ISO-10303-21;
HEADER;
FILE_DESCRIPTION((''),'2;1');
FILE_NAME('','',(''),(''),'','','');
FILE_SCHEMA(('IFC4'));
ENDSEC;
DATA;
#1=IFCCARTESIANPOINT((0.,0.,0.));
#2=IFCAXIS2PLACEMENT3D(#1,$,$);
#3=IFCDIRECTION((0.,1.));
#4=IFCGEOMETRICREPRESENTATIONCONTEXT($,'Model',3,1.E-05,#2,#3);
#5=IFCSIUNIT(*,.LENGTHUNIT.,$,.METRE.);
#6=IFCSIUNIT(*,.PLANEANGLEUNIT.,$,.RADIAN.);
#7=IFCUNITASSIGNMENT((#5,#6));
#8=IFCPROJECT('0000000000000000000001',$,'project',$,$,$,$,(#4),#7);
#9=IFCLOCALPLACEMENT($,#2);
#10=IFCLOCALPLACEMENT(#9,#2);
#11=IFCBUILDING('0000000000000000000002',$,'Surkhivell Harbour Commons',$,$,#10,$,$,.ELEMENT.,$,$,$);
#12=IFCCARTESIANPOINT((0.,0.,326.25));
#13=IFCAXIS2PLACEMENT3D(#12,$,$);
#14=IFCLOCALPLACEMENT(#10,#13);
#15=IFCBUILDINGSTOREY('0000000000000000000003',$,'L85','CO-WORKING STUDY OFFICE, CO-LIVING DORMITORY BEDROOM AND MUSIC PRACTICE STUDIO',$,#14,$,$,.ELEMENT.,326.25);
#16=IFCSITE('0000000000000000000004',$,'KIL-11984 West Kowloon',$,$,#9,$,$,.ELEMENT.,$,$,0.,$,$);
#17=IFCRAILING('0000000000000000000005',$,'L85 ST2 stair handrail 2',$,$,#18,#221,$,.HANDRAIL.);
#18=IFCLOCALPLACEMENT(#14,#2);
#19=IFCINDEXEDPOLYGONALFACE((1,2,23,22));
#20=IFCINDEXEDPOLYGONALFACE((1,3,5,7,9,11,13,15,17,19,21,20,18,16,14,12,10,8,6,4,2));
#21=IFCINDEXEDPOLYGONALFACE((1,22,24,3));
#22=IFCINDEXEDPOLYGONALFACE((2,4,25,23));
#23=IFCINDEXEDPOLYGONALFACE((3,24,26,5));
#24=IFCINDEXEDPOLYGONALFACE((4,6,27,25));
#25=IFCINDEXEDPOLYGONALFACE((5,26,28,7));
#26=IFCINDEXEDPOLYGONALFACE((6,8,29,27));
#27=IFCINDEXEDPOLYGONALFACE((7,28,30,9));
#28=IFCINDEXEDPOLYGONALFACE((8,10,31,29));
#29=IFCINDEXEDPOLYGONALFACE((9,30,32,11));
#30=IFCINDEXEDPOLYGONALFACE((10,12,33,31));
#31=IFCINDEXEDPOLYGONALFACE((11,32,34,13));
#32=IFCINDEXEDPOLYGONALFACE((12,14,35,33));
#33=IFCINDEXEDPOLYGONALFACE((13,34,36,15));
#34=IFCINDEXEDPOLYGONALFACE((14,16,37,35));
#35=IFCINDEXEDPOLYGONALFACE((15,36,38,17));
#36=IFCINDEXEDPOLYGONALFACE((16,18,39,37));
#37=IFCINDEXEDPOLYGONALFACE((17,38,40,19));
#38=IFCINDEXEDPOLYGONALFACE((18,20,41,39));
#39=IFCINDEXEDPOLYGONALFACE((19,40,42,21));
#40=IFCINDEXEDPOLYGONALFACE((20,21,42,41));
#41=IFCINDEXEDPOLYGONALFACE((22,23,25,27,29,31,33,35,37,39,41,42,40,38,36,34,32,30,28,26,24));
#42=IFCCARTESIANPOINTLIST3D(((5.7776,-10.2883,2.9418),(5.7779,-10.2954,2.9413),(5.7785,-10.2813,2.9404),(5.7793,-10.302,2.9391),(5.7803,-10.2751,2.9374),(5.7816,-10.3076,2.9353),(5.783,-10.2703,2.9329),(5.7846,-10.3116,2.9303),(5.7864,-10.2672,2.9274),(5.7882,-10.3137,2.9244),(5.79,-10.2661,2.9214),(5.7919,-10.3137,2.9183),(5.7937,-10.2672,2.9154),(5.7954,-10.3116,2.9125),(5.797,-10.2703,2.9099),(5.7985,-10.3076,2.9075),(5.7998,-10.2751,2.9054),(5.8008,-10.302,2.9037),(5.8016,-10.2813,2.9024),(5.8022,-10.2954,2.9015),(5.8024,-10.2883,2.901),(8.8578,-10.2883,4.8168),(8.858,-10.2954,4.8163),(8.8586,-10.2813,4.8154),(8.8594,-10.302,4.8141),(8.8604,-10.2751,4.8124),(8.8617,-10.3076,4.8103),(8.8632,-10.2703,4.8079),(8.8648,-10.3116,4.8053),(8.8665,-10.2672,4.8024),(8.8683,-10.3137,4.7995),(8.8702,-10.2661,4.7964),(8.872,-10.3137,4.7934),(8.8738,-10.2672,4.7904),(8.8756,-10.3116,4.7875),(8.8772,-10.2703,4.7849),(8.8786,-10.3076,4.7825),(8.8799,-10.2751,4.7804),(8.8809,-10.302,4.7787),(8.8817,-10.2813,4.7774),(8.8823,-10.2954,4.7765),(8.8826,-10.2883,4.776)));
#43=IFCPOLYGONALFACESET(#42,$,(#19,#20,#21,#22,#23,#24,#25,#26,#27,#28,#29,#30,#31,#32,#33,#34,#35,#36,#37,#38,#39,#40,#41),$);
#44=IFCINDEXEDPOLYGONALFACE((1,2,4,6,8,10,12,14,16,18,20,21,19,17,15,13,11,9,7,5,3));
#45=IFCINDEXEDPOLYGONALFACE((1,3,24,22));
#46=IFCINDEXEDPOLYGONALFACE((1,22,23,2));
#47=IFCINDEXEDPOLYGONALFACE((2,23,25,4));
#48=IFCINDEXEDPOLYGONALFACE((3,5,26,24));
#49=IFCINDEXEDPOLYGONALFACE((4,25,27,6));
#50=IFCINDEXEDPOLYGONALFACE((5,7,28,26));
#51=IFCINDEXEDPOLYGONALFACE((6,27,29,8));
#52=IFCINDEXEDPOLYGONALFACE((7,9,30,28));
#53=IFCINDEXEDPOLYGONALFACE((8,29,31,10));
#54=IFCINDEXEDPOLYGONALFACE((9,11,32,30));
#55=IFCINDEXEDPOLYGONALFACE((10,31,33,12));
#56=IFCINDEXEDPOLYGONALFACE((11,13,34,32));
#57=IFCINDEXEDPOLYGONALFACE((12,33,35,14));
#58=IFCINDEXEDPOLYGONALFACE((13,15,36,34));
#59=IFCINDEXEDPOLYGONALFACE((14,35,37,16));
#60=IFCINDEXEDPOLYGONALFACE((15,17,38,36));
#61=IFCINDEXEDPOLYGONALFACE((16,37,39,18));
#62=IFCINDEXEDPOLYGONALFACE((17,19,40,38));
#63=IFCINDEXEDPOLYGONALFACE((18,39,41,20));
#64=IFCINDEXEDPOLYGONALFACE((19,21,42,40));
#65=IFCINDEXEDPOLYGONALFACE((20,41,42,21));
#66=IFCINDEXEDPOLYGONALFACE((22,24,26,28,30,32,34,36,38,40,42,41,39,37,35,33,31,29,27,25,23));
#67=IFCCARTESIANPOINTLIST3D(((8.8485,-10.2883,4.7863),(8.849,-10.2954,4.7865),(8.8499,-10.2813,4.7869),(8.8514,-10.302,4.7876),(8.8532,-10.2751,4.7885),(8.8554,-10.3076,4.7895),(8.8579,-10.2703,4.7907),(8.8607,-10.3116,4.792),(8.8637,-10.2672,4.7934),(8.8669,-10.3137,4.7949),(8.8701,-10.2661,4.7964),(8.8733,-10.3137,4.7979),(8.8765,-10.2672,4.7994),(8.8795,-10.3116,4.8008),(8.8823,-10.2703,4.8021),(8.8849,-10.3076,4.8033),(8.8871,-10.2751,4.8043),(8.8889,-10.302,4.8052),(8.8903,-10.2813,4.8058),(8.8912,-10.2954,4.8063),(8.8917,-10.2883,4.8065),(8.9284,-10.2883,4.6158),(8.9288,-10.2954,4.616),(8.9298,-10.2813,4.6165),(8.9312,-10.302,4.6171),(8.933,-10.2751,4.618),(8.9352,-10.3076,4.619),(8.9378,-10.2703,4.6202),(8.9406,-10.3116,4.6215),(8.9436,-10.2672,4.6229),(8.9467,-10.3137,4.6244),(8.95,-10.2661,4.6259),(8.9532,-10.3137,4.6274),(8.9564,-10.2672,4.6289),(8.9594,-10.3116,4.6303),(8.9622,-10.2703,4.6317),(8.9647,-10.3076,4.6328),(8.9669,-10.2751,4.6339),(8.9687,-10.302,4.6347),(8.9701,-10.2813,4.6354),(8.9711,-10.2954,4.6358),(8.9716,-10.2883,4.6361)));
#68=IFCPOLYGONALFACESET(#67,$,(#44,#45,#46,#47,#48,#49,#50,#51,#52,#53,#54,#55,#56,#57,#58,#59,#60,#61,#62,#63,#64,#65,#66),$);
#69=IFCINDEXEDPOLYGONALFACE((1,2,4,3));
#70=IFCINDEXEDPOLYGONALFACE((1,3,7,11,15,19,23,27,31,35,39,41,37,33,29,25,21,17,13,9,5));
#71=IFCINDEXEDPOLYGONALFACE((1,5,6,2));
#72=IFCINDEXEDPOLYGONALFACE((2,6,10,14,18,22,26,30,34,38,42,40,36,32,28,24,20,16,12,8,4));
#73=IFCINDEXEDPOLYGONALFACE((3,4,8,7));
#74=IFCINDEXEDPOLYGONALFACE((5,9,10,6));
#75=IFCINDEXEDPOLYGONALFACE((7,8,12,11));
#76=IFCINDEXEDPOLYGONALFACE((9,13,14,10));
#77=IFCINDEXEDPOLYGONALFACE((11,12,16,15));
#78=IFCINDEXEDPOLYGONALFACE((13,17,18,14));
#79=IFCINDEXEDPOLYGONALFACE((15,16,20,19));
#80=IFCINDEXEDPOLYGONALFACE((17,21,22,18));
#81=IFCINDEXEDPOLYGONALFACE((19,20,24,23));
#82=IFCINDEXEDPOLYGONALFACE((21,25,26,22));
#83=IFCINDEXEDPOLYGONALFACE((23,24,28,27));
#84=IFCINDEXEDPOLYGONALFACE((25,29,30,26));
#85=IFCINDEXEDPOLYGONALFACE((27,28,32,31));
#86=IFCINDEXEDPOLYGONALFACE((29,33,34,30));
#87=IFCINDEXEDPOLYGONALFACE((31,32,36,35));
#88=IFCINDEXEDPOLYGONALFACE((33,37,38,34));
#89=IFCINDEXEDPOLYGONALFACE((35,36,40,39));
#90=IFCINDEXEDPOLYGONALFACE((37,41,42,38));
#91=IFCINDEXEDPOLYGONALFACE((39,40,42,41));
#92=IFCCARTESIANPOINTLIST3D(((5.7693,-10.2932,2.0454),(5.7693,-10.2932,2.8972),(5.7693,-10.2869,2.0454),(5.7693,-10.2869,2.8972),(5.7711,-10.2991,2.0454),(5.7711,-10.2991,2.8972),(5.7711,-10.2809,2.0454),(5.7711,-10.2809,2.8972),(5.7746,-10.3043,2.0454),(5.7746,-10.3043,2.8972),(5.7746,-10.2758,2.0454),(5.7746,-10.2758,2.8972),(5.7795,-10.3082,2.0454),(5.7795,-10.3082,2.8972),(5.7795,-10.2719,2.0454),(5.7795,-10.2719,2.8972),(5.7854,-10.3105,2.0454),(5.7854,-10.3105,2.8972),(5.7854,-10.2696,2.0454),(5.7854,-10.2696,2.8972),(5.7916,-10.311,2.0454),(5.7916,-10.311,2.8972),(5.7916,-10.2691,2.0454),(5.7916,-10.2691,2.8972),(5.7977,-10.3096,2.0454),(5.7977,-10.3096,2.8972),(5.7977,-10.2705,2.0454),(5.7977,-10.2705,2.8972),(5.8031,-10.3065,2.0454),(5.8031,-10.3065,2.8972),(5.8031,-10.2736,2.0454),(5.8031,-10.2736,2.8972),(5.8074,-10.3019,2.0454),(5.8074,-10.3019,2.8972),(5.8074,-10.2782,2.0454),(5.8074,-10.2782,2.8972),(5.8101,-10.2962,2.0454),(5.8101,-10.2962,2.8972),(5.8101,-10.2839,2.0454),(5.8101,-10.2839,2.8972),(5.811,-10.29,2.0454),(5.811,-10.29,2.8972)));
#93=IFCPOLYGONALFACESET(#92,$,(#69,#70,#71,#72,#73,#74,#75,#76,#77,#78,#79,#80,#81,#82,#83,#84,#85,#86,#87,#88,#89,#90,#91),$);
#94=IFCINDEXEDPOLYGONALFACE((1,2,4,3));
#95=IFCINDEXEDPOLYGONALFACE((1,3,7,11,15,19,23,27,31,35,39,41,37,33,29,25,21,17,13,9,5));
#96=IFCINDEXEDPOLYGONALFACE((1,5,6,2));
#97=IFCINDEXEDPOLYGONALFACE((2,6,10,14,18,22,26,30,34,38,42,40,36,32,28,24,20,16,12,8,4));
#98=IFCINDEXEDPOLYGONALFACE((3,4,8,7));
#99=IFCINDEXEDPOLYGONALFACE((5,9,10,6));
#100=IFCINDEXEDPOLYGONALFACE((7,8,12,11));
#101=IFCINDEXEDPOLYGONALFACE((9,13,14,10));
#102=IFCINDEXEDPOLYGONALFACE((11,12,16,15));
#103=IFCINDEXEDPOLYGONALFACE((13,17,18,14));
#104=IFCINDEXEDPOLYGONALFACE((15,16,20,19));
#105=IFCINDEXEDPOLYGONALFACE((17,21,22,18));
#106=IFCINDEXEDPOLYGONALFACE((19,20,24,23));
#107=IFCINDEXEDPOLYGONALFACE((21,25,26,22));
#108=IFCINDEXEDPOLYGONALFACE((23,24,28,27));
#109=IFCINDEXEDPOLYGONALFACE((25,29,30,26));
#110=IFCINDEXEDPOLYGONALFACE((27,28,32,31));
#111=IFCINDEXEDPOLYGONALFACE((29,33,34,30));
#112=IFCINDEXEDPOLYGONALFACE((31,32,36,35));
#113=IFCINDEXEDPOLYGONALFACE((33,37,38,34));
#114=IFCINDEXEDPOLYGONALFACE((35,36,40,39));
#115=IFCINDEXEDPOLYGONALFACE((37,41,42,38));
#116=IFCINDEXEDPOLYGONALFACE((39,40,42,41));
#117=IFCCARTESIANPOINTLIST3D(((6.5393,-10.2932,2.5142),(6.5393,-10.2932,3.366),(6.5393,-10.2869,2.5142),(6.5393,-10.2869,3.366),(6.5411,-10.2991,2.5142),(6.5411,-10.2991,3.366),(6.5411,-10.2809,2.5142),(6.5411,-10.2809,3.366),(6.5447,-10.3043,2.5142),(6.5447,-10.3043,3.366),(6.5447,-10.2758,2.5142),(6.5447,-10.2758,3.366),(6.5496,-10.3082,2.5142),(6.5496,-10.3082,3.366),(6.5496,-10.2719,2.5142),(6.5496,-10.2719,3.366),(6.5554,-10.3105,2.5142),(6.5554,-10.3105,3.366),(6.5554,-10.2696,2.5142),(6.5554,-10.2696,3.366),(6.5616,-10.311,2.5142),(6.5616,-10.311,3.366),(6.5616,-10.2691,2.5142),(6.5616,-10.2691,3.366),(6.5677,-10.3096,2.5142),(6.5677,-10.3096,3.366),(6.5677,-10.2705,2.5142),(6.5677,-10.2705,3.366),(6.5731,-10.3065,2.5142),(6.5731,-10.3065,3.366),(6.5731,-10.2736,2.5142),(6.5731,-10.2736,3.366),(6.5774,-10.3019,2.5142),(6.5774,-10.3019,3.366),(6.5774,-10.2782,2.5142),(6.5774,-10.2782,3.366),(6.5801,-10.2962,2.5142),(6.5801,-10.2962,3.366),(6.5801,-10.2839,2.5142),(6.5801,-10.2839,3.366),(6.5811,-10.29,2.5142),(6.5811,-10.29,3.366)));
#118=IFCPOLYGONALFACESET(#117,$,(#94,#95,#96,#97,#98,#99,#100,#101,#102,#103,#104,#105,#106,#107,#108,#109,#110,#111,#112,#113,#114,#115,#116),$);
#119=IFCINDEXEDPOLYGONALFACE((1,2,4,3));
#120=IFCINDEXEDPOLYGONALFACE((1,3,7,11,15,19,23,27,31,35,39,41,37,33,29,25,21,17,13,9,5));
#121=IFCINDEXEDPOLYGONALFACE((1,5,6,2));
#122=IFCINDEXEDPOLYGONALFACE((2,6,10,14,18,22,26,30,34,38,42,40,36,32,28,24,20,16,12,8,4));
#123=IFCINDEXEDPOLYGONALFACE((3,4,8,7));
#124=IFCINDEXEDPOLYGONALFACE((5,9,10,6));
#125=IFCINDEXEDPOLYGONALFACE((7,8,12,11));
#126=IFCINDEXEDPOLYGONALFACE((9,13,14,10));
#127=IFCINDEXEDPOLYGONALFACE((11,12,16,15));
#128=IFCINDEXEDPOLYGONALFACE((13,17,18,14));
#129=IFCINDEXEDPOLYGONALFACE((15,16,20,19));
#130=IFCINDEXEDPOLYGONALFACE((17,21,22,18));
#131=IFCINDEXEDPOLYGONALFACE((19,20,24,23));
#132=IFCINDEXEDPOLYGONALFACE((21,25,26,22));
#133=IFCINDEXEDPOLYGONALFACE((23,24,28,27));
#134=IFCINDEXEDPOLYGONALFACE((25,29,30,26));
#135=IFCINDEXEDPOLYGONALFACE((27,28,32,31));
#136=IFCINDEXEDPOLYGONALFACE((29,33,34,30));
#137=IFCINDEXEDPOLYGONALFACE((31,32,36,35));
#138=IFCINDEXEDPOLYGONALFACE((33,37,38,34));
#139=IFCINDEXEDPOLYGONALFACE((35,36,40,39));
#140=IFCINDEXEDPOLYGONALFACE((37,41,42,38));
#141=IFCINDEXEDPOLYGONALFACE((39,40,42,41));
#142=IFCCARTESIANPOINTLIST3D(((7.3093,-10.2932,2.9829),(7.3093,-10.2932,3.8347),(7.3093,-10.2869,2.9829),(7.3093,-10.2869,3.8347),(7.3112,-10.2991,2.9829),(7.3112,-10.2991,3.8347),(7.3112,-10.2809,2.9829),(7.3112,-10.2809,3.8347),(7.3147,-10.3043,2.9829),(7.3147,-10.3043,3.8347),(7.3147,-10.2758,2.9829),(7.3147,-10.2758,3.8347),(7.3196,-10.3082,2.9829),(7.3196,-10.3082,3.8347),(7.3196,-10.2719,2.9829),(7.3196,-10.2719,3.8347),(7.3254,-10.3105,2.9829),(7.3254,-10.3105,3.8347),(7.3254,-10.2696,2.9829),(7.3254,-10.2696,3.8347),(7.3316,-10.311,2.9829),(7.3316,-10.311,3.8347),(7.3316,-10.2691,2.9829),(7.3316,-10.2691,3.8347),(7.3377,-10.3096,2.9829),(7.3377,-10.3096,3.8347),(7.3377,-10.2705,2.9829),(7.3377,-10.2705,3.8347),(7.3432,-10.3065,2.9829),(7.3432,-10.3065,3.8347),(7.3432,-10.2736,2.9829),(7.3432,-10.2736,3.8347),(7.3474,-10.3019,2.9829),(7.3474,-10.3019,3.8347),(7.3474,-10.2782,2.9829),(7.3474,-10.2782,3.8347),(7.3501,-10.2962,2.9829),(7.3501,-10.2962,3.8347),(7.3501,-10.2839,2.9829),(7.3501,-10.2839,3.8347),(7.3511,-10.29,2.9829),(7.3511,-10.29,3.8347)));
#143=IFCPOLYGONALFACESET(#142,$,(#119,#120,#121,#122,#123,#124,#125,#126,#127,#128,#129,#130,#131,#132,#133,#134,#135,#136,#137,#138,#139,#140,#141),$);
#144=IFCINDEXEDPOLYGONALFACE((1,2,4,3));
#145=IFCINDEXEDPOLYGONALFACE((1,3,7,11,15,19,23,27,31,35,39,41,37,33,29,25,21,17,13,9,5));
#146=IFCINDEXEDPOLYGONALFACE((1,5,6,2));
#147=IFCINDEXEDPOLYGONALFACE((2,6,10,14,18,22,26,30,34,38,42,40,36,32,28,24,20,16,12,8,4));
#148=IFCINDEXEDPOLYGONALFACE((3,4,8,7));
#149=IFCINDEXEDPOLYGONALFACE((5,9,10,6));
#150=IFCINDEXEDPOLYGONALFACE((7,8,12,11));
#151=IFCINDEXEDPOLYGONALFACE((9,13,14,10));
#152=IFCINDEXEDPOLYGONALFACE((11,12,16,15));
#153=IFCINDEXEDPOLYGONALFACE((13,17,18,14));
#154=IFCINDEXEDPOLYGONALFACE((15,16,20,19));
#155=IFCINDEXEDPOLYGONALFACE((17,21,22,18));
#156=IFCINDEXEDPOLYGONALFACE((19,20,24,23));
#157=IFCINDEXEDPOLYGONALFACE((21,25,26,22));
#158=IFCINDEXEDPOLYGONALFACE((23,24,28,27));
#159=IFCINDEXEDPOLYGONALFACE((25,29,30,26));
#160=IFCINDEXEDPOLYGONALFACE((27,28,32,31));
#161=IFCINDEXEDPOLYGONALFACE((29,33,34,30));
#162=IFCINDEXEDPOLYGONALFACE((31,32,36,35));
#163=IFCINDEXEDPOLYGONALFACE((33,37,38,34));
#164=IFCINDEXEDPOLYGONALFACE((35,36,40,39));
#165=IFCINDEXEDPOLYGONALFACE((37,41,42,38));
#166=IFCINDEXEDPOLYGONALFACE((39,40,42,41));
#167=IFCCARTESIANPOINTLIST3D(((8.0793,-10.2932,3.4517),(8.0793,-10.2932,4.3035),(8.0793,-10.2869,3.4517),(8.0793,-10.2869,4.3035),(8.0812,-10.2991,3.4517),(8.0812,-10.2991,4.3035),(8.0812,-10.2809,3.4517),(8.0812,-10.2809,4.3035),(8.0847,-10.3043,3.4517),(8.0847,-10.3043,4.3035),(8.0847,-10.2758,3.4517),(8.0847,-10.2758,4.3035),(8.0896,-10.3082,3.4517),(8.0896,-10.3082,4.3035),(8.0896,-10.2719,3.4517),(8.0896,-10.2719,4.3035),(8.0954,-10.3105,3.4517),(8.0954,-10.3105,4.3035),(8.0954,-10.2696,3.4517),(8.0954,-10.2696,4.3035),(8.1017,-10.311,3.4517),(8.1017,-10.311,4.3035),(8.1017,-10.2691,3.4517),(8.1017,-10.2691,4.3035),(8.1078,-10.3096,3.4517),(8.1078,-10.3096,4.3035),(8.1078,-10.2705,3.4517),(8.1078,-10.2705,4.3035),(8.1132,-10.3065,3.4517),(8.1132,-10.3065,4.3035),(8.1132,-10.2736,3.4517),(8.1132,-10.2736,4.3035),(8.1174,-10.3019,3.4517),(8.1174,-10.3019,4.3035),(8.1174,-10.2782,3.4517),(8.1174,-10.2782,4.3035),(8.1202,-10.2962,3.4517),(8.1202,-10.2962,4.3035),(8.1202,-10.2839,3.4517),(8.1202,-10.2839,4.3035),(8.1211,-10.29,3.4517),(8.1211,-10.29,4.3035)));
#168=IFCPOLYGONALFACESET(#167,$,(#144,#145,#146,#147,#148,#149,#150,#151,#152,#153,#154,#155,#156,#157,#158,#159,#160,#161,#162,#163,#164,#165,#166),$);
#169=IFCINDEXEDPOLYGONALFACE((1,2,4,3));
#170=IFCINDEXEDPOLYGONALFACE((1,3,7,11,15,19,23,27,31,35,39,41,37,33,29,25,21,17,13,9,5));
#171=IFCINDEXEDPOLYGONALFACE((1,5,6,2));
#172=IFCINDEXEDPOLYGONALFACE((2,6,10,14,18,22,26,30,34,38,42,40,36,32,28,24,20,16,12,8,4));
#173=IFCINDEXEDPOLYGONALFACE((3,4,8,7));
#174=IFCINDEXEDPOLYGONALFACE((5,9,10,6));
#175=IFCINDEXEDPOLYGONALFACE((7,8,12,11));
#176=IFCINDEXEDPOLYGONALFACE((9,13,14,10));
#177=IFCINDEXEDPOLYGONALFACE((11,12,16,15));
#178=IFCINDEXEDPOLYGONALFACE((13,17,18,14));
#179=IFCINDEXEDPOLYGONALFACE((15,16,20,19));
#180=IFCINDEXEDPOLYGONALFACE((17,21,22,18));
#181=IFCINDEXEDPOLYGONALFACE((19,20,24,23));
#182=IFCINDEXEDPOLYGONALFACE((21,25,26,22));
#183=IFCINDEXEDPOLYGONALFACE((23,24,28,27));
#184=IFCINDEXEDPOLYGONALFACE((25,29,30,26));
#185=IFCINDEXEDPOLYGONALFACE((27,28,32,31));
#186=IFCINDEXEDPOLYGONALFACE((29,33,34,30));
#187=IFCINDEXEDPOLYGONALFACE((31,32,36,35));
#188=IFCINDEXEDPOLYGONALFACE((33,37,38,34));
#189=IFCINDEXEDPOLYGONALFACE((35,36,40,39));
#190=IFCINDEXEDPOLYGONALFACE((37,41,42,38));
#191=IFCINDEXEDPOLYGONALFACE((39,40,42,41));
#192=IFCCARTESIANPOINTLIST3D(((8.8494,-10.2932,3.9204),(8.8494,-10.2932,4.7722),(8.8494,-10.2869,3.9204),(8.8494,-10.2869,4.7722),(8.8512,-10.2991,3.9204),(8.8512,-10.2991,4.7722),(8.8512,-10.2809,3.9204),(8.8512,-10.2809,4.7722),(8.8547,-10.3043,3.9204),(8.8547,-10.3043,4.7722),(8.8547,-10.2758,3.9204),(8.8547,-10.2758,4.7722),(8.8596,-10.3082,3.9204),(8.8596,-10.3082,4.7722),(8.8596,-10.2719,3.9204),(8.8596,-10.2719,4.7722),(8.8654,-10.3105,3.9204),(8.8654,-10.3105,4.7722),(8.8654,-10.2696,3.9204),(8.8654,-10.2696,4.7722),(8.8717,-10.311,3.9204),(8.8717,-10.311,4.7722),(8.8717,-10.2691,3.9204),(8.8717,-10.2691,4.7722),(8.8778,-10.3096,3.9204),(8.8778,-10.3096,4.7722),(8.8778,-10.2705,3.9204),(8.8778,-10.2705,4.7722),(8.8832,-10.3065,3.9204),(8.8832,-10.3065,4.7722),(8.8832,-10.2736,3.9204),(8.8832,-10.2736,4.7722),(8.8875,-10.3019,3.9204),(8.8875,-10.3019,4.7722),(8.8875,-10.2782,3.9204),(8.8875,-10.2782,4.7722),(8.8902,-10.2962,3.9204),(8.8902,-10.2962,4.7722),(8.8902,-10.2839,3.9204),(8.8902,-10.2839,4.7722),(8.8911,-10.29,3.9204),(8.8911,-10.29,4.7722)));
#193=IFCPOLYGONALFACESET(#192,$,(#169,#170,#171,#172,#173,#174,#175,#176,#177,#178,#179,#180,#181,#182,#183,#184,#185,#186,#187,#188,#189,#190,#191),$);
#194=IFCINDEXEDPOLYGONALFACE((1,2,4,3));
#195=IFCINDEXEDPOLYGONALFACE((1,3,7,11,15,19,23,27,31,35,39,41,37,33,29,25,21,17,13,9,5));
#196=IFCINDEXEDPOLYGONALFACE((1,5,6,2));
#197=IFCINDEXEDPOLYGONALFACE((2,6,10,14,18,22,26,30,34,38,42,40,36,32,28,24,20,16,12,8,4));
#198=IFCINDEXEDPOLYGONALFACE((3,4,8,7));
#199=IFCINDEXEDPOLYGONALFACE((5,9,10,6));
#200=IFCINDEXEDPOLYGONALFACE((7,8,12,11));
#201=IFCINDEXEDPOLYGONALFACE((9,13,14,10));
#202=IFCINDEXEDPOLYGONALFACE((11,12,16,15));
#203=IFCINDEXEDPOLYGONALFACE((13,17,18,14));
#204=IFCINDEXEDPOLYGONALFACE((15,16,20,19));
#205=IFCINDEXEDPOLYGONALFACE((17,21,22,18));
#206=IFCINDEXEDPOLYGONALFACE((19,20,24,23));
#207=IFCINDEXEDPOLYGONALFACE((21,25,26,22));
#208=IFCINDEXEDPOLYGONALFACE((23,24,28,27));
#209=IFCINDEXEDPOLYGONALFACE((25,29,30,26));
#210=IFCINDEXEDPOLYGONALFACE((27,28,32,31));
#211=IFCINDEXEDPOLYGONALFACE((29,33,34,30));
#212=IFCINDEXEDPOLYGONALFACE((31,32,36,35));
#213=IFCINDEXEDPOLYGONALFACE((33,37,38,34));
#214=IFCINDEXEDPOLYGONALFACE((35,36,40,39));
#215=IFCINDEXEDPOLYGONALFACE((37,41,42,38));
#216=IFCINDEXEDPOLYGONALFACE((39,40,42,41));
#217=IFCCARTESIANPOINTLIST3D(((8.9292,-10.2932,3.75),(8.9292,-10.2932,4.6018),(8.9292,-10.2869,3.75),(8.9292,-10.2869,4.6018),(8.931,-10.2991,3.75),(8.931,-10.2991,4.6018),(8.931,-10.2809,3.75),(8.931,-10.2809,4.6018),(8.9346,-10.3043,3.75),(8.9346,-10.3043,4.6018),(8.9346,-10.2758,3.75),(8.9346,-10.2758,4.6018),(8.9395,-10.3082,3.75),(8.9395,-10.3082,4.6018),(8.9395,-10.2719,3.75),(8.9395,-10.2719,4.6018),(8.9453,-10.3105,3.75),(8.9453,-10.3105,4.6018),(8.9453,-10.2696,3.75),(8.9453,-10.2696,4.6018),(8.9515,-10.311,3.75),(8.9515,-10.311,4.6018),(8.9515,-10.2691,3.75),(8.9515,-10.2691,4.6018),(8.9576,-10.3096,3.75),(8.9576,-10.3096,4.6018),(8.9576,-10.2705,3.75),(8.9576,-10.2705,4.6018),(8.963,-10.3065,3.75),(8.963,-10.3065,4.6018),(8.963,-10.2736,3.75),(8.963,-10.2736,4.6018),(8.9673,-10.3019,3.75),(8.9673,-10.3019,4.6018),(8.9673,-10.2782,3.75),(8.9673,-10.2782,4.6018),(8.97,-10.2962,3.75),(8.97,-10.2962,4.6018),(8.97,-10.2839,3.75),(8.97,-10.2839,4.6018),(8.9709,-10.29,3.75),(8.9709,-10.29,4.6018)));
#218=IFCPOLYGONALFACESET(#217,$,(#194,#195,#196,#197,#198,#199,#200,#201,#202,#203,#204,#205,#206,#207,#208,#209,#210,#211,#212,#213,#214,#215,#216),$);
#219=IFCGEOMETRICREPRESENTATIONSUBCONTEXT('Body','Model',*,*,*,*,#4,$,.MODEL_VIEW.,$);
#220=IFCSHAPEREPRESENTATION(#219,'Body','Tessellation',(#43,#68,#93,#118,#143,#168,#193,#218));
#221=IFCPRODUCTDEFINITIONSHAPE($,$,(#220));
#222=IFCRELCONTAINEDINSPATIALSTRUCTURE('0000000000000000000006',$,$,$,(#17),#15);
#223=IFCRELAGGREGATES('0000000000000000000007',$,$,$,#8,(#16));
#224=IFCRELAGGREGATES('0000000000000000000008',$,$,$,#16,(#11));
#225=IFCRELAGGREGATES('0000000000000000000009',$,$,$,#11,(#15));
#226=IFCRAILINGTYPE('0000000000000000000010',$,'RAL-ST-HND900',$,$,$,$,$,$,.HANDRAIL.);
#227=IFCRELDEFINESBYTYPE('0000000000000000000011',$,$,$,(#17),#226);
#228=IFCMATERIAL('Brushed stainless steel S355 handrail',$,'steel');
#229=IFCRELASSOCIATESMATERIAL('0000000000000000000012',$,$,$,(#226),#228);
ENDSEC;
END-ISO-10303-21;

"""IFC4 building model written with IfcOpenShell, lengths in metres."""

from ifc_helpers import new_model, si_unit, direction, frame, origin, origin_2d, place, context, subcontext, project, spatial, circle, extrude, material, type_object, element, save


model = new_model("IFC4")

# Units and contexts
model_context = context("Model", 3, precision=1e-05, world=origin(), true_north=direction((0.0, 1.0)))
body_context = subcontext(model_context, "Body", "Model", "MODEL_VIEW")
ifc_project = project(units=[si_unit("LENGTHUNIT", "METRE"), si_unit("PLANEANGLEUNIT", "RADIAN")], contexts=[model_context])

# Site, building, storey
site_placement = place(None, origin())
site = spatial("IfcSite", under=ifc_project, at=site_placement, Name="KIL-11984 West Kowloon", CompositionType="ELEMENT", RefElevation=0.0)
building_placement = place(site_placement, origin())
building = spatial("IfcBuilding", under=site, at=building_placement, Name="Surkhivell Harbour Commons", CompositionType="ELEMENT")
storey_placement = place(building_placement, frame((0.0, 0.0, 326.25)))
storey = spatial("IfcBuildingStorey", under=building, at=storey_placement, Name="L85", Description="CO-WORKING STUDY OFFICE, CO-LIVING DORMITORY BEDROOM AND MUSIC PRACTICE STUDIO", CompositionType="ELEMENT", Elevation=326.25)

# Railing
ifc_material_1 = material(Name="Brushed stainless steel S355 handrail", Category="steel")
railing_type_1 = type_object("IfcRailingType", Name="RAL-ST-HND900", PredefinedType="HANDRAIL", material=ifc_material_1)
railing_1_placement = place(storey_placement, frame((5.79, -10.29, 2.0454)))
element("IfcRailing", 1, at=railing_1_placement, inside=storey, type_object=railing_type_1, Name="L85 ST2 stair handrail 2", PredefinedType="HANDRAIL", context=body_context, shape_type="SweptSolid", body=[
    extrude(circle(Radius=0.0239, at=origin_2d()), frame((0.0, 0.0, 0.876), z_axis=(0.854178, 0.0, 0.519981), x_axis=(0.0, 1.0, 0.0)), (0.0, 0.0, 1.0), 3.606),
    extrude(circle(Radius=0.0239, at=origin_2d()), frame((3.0801, 0.0, 2.751), z_axis=(0.424234, 0.0, -0.905552), x_axis=(0.0, 1.0, 0.0)), (0.0, 0.0, 1.0), 0.1882),
    extrude(circle(Radius=0.021, at=origin_2d()), origin(), (0.0, 0.0, 1.0), 0.8518),
    extrude(circle(Radius=0.021, at=origin_2d()), frame((0.77, 0.0, 0.4688)), (0.0, 0.0, 1.0), 0.8518),
    extrude(circle(Radius=0.021, at=origin_2d()), frame((1.54, 0.0, 0.9375)), (0.0, 0.0, 1.0), 0.8518),
    extrude(circle(Radius=0.021, at=origin_2d()), frame((2.3101, 0.0, 1.4062)), (0.0, 0.0, 1.0), 0.8518),
    extrude(circle(Radius=0.021, at=origin_2d()), frame((3.0801, 0.0, 1.875)), (0.0, 0.0, 1.0), 0.8518),
    extrude(circle(Radius=0.021, at=origin_2d()), frame((3.1599, 0.0, 1.7046)), (0.0, 0.0, 1.0), 0.8518),
])

save(model, "model.ifc")
